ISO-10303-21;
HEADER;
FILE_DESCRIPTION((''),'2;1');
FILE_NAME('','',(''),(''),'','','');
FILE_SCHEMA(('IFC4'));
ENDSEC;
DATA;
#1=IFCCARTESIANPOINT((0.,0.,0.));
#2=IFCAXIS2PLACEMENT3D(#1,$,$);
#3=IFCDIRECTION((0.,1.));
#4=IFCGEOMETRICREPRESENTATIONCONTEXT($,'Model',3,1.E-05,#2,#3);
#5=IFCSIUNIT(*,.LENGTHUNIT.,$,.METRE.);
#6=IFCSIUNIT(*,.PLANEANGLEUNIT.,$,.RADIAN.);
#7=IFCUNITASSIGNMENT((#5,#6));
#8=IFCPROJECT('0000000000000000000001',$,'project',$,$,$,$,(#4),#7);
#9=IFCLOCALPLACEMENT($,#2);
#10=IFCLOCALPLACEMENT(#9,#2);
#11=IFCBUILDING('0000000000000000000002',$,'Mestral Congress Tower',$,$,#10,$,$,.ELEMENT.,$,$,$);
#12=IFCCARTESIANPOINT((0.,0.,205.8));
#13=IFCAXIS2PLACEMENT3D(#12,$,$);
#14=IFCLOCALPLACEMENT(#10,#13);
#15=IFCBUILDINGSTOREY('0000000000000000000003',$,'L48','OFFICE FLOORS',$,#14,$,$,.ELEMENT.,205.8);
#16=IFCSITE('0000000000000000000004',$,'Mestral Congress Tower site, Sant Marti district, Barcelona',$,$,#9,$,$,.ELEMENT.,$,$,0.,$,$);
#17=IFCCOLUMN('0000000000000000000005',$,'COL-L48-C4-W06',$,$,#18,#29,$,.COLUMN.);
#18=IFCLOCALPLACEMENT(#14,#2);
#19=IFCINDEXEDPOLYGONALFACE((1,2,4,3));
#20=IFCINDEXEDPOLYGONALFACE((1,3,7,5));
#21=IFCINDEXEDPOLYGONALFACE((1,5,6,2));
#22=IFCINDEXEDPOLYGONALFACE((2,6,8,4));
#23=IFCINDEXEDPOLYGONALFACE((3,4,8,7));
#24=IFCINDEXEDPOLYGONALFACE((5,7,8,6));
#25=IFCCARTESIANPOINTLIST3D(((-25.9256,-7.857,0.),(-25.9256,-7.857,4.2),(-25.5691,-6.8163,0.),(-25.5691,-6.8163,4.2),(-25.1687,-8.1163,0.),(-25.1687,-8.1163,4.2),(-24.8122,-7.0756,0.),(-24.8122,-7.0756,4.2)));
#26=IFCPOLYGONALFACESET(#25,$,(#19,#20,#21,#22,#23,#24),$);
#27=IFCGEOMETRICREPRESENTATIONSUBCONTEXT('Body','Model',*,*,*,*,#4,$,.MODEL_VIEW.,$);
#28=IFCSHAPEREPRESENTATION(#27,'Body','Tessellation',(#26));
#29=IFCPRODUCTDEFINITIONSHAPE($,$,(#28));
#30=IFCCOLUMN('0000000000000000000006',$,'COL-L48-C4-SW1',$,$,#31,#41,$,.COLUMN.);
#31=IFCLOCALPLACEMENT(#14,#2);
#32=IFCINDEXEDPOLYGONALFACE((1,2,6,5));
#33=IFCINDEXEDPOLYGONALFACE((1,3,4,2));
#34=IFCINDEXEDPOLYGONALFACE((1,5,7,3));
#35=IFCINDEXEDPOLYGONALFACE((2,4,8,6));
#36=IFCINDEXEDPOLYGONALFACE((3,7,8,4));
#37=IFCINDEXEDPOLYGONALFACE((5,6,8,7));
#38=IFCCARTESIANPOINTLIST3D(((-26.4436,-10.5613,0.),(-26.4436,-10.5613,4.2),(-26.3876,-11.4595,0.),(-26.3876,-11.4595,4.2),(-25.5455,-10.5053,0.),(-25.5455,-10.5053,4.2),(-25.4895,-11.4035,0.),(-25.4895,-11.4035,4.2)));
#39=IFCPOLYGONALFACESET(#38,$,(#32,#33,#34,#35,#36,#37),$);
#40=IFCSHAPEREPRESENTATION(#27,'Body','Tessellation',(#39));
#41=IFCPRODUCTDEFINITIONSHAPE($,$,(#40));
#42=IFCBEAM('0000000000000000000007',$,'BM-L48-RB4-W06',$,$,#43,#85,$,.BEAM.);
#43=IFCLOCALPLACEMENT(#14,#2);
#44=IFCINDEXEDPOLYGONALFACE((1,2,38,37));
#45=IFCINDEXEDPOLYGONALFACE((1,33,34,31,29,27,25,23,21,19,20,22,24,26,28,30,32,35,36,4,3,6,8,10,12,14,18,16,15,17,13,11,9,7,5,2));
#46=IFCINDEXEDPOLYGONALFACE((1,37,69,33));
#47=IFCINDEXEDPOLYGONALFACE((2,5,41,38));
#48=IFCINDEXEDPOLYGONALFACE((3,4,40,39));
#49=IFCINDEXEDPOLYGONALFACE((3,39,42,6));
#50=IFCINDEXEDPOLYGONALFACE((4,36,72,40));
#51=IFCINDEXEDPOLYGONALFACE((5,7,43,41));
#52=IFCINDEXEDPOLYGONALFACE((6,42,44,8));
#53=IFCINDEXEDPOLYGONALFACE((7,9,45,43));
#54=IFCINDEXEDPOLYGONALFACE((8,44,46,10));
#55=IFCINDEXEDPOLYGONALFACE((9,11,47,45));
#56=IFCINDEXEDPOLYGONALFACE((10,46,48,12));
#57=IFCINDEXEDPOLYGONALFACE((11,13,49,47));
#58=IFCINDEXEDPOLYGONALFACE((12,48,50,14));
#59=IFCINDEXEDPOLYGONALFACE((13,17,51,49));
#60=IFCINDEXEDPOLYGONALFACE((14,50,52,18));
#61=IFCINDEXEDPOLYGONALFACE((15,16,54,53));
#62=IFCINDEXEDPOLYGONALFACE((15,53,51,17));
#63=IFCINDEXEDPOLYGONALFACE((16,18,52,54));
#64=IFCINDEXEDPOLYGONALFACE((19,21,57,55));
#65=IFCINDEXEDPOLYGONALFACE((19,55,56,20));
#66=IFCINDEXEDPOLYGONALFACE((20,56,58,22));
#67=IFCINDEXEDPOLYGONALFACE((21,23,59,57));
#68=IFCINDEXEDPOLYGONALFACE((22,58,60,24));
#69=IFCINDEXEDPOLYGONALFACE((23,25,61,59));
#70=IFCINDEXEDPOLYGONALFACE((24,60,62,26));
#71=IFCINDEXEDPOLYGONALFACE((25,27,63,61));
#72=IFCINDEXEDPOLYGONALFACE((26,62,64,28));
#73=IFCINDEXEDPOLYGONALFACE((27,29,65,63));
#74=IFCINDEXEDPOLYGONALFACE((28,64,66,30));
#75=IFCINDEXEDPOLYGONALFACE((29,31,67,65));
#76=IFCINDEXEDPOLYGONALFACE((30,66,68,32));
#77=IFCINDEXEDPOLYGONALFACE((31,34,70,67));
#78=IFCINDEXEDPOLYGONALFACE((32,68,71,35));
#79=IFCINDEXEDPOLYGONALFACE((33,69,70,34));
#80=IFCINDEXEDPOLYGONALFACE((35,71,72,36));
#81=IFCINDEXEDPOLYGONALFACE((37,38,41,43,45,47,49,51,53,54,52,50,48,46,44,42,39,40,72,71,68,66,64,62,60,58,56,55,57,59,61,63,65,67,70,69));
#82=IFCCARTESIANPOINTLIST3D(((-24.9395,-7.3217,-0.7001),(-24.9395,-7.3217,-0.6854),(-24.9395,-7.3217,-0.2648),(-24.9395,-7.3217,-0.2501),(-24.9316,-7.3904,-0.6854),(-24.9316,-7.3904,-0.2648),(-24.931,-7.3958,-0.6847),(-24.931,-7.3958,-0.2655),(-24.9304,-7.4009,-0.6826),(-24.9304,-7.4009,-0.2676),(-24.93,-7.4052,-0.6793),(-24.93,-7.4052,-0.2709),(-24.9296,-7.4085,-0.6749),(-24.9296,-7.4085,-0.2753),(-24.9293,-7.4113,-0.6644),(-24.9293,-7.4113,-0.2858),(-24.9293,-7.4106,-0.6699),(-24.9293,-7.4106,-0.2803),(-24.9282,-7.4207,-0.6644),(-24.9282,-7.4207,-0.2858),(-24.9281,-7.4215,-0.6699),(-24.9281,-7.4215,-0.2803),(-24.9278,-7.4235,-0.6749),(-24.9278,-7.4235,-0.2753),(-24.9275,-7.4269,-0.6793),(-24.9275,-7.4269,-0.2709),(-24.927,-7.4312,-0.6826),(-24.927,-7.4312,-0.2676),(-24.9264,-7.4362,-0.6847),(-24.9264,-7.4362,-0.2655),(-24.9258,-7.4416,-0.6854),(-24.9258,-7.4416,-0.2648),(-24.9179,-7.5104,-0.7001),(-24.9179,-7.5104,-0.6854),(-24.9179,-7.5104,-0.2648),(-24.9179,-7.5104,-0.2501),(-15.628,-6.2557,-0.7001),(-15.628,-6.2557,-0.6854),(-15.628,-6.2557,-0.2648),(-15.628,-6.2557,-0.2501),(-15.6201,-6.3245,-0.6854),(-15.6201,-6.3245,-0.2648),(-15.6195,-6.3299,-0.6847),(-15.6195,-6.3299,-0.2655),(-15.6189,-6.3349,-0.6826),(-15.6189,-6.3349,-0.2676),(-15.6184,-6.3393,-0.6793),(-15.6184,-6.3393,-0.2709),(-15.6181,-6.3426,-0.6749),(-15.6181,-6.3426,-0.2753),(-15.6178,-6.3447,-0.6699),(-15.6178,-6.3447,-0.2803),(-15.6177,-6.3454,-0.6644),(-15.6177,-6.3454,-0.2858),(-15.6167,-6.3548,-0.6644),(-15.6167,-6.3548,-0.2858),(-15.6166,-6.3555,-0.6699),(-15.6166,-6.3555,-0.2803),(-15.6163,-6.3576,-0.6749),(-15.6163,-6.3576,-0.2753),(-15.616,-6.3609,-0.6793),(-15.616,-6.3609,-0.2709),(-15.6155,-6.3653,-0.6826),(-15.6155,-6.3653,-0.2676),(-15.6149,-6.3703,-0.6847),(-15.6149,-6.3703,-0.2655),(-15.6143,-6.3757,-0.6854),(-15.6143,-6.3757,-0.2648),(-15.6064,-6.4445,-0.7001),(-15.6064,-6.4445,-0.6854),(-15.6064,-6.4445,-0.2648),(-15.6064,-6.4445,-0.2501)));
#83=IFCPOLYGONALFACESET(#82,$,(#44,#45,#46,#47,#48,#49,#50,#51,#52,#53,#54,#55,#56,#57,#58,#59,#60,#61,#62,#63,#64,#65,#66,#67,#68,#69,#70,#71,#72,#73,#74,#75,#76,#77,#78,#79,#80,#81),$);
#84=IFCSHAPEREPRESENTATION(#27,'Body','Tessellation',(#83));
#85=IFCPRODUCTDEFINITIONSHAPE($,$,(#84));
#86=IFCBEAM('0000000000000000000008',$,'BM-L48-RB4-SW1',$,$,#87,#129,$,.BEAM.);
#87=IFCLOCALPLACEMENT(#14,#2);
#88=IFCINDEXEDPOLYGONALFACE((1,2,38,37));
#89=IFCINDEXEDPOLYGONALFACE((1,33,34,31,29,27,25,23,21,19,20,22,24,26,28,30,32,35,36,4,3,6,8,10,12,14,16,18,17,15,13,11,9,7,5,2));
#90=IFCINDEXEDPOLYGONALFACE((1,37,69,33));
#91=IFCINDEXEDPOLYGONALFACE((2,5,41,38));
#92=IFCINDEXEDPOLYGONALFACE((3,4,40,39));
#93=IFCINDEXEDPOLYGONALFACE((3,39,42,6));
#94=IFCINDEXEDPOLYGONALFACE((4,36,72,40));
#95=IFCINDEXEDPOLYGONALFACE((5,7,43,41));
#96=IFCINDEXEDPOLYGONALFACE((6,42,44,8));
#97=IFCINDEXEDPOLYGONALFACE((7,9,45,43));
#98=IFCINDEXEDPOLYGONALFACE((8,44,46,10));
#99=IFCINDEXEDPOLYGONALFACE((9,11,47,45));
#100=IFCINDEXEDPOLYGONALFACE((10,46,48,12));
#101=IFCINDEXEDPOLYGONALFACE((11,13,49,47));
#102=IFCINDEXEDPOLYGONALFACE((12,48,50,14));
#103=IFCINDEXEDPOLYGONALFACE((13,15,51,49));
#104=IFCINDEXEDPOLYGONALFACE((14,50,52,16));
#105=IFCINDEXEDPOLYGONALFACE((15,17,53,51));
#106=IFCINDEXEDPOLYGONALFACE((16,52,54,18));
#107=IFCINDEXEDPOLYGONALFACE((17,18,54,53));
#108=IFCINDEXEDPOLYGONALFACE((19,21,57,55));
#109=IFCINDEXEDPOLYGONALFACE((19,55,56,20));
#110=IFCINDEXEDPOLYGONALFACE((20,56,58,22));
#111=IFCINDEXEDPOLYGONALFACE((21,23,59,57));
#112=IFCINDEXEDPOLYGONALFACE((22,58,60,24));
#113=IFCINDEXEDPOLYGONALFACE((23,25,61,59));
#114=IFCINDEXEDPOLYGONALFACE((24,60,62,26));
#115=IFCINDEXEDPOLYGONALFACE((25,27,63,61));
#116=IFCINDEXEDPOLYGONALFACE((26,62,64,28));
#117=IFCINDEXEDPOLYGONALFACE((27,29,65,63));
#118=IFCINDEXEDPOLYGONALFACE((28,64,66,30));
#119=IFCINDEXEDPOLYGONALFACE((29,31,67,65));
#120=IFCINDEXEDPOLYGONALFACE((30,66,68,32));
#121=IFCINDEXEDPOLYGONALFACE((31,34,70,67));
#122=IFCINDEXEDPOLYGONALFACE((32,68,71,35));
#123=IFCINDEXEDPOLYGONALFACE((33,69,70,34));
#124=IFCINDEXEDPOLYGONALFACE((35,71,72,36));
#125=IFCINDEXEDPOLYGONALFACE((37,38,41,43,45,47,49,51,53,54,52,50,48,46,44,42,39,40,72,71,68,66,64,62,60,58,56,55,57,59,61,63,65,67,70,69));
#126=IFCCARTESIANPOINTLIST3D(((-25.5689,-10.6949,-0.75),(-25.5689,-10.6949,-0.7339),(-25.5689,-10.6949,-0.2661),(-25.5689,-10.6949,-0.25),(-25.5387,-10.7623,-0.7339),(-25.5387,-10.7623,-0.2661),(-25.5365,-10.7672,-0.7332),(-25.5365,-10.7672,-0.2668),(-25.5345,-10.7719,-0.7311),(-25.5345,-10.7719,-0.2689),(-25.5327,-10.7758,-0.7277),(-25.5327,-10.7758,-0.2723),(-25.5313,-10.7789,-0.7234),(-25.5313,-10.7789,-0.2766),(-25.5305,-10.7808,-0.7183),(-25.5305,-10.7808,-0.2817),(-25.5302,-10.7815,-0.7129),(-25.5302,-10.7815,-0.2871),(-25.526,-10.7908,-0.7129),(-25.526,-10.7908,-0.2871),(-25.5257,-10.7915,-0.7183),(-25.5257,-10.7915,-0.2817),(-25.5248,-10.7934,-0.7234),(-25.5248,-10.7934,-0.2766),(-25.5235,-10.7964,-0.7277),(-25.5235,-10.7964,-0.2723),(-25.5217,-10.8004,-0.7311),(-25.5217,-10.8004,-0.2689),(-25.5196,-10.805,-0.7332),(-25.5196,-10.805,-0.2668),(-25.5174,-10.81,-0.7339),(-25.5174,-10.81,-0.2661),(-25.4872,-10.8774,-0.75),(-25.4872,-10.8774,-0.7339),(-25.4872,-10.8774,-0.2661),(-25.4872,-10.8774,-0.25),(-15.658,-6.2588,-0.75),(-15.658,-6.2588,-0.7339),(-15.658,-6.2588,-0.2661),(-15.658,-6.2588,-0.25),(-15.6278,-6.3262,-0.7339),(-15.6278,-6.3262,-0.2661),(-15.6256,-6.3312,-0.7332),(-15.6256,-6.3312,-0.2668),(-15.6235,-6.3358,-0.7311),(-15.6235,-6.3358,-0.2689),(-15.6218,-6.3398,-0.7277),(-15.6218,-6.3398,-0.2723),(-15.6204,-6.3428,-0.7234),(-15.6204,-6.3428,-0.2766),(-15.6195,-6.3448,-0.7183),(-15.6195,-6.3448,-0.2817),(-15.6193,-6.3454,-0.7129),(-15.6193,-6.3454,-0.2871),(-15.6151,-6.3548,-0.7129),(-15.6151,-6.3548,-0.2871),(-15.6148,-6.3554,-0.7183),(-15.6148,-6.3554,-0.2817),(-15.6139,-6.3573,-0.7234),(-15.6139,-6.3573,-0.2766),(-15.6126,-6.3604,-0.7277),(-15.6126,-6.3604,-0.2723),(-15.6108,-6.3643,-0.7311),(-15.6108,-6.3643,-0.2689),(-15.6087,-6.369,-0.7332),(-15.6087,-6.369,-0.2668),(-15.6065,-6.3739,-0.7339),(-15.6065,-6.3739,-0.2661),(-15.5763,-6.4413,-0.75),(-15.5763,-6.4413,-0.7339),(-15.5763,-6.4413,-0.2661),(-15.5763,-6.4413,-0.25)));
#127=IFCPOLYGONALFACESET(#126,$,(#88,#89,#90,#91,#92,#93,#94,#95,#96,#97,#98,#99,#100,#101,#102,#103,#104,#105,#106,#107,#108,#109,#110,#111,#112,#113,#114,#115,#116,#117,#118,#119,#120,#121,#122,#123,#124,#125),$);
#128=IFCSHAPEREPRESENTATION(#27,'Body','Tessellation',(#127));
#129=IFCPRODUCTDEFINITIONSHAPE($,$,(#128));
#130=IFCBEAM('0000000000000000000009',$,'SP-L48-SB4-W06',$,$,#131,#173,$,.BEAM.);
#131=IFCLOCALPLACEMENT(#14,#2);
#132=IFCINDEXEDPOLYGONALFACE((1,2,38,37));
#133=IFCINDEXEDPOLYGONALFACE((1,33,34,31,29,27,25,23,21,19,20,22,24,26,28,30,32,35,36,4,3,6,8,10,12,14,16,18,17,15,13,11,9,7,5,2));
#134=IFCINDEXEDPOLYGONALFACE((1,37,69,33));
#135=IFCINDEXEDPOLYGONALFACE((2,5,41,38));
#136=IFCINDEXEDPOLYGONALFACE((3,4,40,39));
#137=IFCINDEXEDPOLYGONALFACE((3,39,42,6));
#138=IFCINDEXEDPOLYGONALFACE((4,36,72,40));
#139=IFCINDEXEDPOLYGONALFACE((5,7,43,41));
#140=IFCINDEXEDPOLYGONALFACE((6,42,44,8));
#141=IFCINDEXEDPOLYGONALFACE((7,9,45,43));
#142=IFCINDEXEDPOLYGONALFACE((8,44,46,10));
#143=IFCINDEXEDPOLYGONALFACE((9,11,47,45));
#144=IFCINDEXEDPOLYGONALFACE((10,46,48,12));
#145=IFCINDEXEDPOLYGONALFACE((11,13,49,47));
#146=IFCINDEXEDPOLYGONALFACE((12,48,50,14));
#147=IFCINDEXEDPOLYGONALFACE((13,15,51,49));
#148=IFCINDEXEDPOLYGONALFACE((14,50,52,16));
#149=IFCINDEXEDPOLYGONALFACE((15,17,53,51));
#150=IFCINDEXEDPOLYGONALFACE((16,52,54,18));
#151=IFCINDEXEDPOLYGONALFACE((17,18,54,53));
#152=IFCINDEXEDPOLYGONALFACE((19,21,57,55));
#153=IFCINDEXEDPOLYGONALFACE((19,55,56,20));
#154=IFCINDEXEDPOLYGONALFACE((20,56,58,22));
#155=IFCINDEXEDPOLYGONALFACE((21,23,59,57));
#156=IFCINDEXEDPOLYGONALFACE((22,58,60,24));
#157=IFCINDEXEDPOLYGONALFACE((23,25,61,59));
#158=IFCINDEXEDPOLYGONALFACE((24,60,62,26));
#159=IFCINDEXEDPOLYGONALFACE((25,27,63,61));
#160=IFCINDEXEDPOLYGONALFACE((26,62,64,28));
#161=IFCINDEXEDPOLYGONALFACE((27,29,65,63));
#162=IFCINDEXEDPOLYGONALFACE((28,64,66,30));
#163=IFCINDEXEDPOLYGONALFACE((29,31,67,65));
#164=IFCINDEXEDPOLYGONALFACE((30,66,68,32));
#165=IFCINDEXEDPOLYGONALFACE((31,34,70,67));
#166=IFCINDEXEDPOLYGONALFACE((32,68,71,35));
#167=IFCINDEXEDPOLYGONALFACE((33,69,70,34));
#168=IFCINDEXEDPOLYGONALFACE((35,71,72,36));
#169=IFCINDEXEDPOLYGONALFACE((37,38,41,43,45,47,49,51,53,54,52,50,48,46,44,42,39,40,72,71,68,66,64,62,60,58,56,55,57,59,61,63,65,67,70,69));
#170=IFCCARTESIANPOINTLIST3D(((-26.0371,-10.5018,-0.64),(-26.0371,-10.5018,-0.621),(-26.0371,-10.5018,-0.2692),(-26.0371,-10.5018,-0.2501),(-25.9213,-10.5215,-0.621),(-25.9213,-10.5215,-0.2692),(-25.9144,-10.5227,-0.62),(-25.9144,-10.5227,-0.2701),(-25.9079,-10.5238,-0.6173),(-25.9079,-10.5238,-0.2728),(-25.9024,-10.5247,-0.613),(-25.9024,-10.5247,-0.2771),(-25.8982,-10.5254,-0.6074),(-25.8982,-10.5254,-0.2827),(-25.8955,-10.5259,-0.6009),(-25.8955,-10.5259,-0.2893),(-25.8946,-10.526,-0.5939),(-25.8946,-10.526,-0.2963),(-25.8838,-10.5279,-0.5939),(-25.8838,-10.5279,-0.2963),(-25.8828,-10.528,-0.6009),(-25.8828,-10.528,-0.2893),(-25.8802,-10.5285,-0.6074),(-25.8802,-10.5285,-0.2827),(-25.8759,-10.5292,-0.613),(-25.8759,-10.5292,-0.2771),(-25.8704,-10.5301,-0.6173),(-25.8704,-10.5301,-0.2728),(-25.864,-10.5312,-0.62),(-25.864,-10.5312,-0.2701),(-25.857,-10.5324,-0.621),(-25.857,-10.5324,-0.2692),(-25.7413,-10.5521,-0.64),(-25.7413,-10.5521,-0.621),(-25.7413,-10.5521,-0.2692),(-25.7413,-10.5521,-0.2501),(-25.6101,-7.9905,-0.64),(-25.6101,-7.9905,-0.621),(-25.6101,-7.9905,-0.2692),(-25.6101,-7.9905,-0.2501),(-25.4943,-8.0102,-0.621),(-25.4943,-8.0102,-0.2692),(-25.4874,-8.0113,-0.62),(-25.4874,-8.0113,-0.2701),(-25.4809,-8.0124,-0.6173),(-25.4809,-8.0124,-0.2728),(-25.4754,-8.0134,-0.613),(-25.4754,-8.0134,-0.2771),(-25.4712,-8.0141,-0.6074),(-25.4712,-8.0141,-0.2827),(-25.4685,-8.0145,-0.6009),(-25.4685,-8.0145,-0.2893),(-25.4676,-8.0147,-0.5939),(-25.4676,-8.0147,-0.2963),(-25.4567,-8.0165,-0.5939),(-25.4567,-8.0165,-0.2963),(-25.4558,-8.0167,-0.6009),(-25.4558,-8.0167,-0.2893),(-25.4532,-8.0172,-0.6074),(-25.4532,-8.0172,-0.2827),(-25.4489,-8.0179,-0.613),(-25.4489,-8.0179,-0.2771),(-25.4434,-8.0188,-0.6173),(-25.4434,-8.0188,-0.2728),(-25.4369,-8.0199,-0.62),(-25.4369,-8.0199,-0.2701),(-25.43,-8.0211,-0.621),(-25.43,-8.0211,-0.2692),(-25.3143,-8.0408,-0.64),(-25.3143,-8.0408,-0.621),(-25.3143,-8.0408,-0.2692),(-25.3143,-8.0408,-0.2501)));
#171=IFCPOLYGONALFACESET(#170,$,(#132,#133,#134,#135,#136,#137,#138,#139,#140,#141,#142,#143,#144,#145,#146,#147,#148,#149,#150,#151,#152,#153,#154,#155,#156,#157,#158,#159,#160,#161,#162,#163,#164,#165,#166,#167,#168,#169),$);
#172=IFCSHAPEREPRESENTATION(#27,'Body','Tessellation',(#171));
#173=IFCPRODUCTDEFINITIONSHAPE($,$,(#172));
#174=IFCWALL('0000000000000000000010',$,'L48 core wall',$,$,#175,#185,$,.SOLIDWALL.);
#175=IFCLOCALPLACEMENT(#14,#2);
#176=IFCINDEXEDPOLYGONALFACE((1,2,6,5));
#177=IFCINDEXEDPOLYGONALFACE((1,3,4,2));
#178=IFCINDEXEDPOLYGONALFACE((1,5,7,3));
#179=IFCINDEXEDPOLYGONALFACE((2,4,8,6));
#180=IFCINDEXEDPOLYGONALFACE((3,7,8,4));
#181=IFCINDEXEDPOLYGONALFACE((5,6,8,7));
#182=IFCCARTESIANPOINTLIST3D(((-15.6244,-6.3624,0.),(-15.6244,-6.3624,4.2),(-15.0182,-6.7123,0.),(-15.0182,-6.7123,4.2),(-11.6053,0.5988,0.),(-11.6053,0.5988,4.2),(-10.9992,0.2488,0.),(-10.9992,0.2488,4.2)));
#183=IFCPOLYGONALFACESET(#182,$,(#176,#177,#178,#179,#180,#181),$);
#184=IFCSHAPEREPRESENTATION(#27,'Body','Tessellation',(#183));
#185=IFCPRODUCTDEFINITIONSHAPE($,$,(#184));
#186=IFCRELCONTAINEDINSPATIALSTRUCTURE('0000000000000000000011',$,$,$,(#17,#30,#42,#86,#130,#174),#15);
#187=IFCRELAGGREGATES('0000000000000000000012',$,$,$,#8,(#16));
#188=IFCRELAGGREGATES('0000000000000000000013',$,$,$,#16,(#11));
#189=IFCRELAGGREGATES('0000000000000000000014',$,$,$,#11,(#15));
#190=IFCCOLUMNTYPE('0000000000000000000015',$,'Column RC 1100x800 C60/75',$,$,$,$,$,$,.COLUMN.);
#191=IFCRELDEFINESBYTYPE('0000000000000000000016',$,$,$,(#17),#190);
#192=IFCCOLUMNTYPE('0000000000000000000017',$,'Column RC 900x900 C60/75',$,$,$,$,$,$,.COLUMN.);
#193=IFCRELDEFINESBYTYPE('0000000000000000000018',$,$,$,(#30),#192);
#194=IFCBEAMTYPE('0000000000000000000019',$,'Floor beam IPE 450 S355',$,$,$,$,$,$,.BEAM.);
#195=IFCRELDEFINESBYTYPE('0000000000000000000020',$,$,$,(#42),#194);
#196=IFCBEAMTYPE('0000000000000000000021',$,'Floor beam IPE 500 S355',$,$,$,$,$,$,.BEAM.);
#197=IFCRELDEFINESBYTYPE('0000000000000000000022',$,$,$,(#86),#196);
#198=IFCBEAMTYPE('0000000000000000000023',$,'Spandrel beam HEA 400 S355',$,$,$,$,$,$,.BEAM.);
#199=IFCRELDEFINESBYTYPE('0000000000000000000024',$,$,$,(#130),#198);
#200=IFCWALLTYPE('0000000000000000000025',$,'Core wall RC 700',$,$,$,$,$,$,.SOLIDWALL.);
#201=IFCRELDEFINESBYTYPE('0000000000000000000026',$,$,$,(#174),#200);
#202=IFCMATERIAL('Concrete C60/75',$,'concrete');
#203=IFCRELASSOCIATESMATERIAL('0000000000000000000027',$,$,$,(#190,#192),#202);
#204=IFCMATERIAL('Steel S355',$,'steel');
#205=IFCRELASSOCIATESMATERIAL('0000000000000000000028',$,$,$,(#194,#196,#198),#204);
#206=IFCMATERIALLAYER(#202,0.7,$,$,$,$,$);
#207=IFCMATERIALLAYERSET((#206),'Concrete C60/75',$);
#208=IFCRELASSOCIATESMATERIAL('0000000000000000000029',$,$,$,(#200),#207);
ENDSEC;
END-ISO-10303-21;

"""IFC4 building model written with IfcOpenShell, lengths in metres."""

from ifc_helpers import new_model, si_unit, direction, frame, frame_2d, origin, origin_2d, place, context, subcontext, project, spatial, rectangle, i_section, extrude, material, layer, layer_set, material_profile, profile_set, type_object, element, save


model = new_model("IFC4")

# Units and contexts
model_context = context("Model", 3, precision=1e-05, world=origin(), true_north=direction((0.0, 1.0)))
body_context = subcontext(model_context, "Body", "Model", "MODEL_VIEW")
ifc_project = project(units=[si_unit("LENGTHUNIT", "METRE"), si_unit("PLANEANGLEUNIT", "RADIAN")], contexts=[model_context])

# Site, building, storey
site_placement = place(None, origin())
site = spatial("IfcSite", under=ifc_project, at=site_placement, Name="Mestral Congress Tower site, Sant Marti district, Barcelona", CompositionType="ELEMENT", RefElevation=0.0)
building_placement = place(site_placement, origin())
building = spatial("IfcBuilding", under=site, at=building_placement, Name="Mestral Congress Tower", CompositionType="ELEMENT")
storey_placement = place(building_placement, frame((0.0, 0.0, 205.8)))
storey = spatial("IfcBuildingStorey", under=building, at=storey_placement, Name="L48", Description="OFFICE FLOORS", CompositionType="ELEMENT", Elevation=205.8)

# Columns
ifc_material_1 = material(Name="Concrete C60/75", Category="concrete")
ifc_material_profile_1 = material_profile(ifc_material_1, rectangle(XDim=1.1001, YDim=0.8, at=origin_2d()), Name="RC 1100x800")
ifc_profile_set_1 = profile_set([ifc_material_profile_1], Name="Concrete C60/75")
column_type_1 = type_object("IfcColumnType", Name="Column RC 1100x800 C60/75", PredefinedType="COLUMN", material=ifc_profile_set_1)
column_1_placement = place(storey_placement, frame((-25.3689, -7.4663, 0.0), z_axis=(0.0, 0.0, 1.0), x_axis=(-0.324074, -0.946032, 0.0)))
element("IfcColumn", 1, at=column_1_placement, inside=storey, type_object=column_type_1, Name="COL-L48-C4-W06", PredefinedType="COLUMN", context=body_context, shape_type="SweptSolid", body=[
    extrude(rectangle(XDim=1.1001, YDim=0.8, at=origin_2d()), origin(), (0.0, 0.0, 1.0), 4.2),
])
ifc_material_profile_2 = material_profile(ifc_material_1, rectangle(XDim=0.8999, YDim=0.8999, at=origin_2d()), Name="RC 900x900")
ifc_profile_set_2 = profile_set([ifc_material_profile_2], Name="Concrete C60/75")
column_type_2 = type_object("IfcColumnType", Name="Column RC 900x900 C60/75", PredefinedType="COLUMN", material=ifc_profile_set_2)
column_2_placement = place(storey_placement, frame((-25.9666, -10.9824, 0.0), z_axis=(0.0, 0.0, 1.0), x_axis=(0.062217, -0.998063, 0.0)))
element("IfcColumn", 2, at=column_2_placement, inside=storey, type_object=column_type_2, Name="COL-L48-C4-SW1", PredefinedType="COLUMN", context=body_context, shape_type="SweptSolid", body=[
    extrude(rectangle(XDim=0.8999, YDim=0.8999, at=origin_2d()), origin(), (0.0, 0.0, 1.0), 4.2),
])

# Beams
ifc_material_2 = material(Name="Steel S355", Category="steel")
ifc_material_profile_3 = material_profile(ifc_material_2, i_section(OverallWidth=0.1899, OverallDepth=0.45, WebThickness=0.0095, FlangeThickness=0.0146, FilletRadius=0.021, at=origin_2d()), Name="IPE 450")
ifc_profile_set_3 = profile_set([ifc_material_profile_3], Name="Steel S355")
beam_type_1 = type_object("IfcBeamType", Name="Floor beam IPE 450 S355", PredefinedType="BEAM", material=ifc_profile_set_3)
beam_1_placement = place(storey_placement, frame((-24.9287, -7.416, -0.4751), z_axis=(0.993512, 0.11373, 0.0), x_axis=(-0.11373, 0.993512, 0.0)))
element("IfcBeam", 3, at=beam_1_placement, inside=storey, type_object=beam_type_1, Name="BM-L48-RB4-W06", PredefinedType="BEAM", context=body_context, shape_type="SweptSolid", body=[
    extrude(i_section(OverallWidth=0.1899, OverallDepth=0.45, WebThickness=0.0095, FlangeThickness=0.0146, FilletRadius=0.021, at=origin_2d()), origin(), (0.0, 0.0, 1.0), 9.3723),
])
ifc_material_profile_4 = material_profile(ifc_material_2, i_section(OverallWidth=0.2, OverallDepth=0.5, WebThickness=0.0103, FlangeThickness=0.0161, FilletRadius=0.021, at=origin_2d()), Name="IPE 500")
ifc_profile_set_4 = profile_set([ifc_material_profile_4], Name="Steel S355")
beam_type_2 = type_object("IfcBeamType", Name="Floor beam IPE 500 S355", PredefinedType="BEAM", material=ifc_profile_set_4)
beam_2_placement = place(storey_placement, frame((-25.5281, -10.7861, -0.5), z_axis=(0.912742, 0.408536, 0.0), x_axis=(-0.408536, 0.912742, 0.0)))
element("IfcBeam", 4, at=beam_2_placement, inside=storey, type_object=beam_type_2, Name="BM-L48-RB4-SW1", PredefinedType="BEAM", context=body_context, shape_type="SweptSolid", body=[
    extrude(i_section(OverallWidth=0.2, OverallDepth=0.5, WebThickness=0.0103, FlangeThickness=0.0161, FilletRadius=0.021, at=origin_2d()), origin(), (0.0, 0.0, 1.0), 10.8584),
])
ifc_material_profile_5 = material_profile(ifc_material_2, i_section(OverallWidth=0.3, OverallDepth=0.3899, WebThickness=0.011, FlangeThickness=0.019, FilletRadius=0.0271, at=origin_2d()), Name="HEA 400")
ifc_profile_set_5 = profile_set([ifc_material_profile_5], Name="Steel S355")
beam_type_3 = type_object("IfcBeamType", Name="Spandrel beam HEA 400 S355", PredefinedType="BEAM", material=ifc_profile_set_5)
beam_3_placement = place(storey_placement, frame((-25.4622, -8.0156, -0.4451), z_axis=(-0.167631, -0.98585, 0.0), x_axis=(0.98585, -0.167631, 0.0)))
element("IfcBeam", 5, at=beam_3_placement, inside=storey, type_object=beam_type_3, Name="SP-L48-SB4-W06", PredefinedType="BEAM", context=body_context, shape_type="SweptSolid", body=[
    extrude(i_section(OverallWidth=0.3, OverallDepth=0.3899, WebThickness=0.011, FlangeThickness=0.019, FilletRadius=0.0271, at=origin_2d()), origin(), (0.0, 0.0, 1.0), 2.5474),
])

# Wall
ifc_layer_1 = layer(ifc_material_1, 0.7)
ifc_layer_set_1 = layer_set([ifc_layer_1], Name="Concrete C60/75")
wall_type_1 = type_object("IfcWallType", Name="Core wall RC 700", PredefinedType="SOLIDWALL", material=ifc_layer_set_1)
wall_1_placement = place(storey_placement, frame((-15.3213, -6.5374, 0.0), z_axis=(0.0, 0.0, 1.0), x_axis=(0.5, 0.866025, 0.0)))
element("IfcWall", 6, at=wall_1_placement, inside=storey, type_object=wall_type_1, Name="L48 core wall", PredefinedType="SOLIDWALL", context=body_context, shape_type="SweptSolid", body=[
    extrude(rectangle(XDim=8.0381, YDim=0.7, at=frame_2d((4.019, 0.0))), origin(), (0.0, 0.0, 1.0), 4.2),
])

save(model, "model.ifc")
